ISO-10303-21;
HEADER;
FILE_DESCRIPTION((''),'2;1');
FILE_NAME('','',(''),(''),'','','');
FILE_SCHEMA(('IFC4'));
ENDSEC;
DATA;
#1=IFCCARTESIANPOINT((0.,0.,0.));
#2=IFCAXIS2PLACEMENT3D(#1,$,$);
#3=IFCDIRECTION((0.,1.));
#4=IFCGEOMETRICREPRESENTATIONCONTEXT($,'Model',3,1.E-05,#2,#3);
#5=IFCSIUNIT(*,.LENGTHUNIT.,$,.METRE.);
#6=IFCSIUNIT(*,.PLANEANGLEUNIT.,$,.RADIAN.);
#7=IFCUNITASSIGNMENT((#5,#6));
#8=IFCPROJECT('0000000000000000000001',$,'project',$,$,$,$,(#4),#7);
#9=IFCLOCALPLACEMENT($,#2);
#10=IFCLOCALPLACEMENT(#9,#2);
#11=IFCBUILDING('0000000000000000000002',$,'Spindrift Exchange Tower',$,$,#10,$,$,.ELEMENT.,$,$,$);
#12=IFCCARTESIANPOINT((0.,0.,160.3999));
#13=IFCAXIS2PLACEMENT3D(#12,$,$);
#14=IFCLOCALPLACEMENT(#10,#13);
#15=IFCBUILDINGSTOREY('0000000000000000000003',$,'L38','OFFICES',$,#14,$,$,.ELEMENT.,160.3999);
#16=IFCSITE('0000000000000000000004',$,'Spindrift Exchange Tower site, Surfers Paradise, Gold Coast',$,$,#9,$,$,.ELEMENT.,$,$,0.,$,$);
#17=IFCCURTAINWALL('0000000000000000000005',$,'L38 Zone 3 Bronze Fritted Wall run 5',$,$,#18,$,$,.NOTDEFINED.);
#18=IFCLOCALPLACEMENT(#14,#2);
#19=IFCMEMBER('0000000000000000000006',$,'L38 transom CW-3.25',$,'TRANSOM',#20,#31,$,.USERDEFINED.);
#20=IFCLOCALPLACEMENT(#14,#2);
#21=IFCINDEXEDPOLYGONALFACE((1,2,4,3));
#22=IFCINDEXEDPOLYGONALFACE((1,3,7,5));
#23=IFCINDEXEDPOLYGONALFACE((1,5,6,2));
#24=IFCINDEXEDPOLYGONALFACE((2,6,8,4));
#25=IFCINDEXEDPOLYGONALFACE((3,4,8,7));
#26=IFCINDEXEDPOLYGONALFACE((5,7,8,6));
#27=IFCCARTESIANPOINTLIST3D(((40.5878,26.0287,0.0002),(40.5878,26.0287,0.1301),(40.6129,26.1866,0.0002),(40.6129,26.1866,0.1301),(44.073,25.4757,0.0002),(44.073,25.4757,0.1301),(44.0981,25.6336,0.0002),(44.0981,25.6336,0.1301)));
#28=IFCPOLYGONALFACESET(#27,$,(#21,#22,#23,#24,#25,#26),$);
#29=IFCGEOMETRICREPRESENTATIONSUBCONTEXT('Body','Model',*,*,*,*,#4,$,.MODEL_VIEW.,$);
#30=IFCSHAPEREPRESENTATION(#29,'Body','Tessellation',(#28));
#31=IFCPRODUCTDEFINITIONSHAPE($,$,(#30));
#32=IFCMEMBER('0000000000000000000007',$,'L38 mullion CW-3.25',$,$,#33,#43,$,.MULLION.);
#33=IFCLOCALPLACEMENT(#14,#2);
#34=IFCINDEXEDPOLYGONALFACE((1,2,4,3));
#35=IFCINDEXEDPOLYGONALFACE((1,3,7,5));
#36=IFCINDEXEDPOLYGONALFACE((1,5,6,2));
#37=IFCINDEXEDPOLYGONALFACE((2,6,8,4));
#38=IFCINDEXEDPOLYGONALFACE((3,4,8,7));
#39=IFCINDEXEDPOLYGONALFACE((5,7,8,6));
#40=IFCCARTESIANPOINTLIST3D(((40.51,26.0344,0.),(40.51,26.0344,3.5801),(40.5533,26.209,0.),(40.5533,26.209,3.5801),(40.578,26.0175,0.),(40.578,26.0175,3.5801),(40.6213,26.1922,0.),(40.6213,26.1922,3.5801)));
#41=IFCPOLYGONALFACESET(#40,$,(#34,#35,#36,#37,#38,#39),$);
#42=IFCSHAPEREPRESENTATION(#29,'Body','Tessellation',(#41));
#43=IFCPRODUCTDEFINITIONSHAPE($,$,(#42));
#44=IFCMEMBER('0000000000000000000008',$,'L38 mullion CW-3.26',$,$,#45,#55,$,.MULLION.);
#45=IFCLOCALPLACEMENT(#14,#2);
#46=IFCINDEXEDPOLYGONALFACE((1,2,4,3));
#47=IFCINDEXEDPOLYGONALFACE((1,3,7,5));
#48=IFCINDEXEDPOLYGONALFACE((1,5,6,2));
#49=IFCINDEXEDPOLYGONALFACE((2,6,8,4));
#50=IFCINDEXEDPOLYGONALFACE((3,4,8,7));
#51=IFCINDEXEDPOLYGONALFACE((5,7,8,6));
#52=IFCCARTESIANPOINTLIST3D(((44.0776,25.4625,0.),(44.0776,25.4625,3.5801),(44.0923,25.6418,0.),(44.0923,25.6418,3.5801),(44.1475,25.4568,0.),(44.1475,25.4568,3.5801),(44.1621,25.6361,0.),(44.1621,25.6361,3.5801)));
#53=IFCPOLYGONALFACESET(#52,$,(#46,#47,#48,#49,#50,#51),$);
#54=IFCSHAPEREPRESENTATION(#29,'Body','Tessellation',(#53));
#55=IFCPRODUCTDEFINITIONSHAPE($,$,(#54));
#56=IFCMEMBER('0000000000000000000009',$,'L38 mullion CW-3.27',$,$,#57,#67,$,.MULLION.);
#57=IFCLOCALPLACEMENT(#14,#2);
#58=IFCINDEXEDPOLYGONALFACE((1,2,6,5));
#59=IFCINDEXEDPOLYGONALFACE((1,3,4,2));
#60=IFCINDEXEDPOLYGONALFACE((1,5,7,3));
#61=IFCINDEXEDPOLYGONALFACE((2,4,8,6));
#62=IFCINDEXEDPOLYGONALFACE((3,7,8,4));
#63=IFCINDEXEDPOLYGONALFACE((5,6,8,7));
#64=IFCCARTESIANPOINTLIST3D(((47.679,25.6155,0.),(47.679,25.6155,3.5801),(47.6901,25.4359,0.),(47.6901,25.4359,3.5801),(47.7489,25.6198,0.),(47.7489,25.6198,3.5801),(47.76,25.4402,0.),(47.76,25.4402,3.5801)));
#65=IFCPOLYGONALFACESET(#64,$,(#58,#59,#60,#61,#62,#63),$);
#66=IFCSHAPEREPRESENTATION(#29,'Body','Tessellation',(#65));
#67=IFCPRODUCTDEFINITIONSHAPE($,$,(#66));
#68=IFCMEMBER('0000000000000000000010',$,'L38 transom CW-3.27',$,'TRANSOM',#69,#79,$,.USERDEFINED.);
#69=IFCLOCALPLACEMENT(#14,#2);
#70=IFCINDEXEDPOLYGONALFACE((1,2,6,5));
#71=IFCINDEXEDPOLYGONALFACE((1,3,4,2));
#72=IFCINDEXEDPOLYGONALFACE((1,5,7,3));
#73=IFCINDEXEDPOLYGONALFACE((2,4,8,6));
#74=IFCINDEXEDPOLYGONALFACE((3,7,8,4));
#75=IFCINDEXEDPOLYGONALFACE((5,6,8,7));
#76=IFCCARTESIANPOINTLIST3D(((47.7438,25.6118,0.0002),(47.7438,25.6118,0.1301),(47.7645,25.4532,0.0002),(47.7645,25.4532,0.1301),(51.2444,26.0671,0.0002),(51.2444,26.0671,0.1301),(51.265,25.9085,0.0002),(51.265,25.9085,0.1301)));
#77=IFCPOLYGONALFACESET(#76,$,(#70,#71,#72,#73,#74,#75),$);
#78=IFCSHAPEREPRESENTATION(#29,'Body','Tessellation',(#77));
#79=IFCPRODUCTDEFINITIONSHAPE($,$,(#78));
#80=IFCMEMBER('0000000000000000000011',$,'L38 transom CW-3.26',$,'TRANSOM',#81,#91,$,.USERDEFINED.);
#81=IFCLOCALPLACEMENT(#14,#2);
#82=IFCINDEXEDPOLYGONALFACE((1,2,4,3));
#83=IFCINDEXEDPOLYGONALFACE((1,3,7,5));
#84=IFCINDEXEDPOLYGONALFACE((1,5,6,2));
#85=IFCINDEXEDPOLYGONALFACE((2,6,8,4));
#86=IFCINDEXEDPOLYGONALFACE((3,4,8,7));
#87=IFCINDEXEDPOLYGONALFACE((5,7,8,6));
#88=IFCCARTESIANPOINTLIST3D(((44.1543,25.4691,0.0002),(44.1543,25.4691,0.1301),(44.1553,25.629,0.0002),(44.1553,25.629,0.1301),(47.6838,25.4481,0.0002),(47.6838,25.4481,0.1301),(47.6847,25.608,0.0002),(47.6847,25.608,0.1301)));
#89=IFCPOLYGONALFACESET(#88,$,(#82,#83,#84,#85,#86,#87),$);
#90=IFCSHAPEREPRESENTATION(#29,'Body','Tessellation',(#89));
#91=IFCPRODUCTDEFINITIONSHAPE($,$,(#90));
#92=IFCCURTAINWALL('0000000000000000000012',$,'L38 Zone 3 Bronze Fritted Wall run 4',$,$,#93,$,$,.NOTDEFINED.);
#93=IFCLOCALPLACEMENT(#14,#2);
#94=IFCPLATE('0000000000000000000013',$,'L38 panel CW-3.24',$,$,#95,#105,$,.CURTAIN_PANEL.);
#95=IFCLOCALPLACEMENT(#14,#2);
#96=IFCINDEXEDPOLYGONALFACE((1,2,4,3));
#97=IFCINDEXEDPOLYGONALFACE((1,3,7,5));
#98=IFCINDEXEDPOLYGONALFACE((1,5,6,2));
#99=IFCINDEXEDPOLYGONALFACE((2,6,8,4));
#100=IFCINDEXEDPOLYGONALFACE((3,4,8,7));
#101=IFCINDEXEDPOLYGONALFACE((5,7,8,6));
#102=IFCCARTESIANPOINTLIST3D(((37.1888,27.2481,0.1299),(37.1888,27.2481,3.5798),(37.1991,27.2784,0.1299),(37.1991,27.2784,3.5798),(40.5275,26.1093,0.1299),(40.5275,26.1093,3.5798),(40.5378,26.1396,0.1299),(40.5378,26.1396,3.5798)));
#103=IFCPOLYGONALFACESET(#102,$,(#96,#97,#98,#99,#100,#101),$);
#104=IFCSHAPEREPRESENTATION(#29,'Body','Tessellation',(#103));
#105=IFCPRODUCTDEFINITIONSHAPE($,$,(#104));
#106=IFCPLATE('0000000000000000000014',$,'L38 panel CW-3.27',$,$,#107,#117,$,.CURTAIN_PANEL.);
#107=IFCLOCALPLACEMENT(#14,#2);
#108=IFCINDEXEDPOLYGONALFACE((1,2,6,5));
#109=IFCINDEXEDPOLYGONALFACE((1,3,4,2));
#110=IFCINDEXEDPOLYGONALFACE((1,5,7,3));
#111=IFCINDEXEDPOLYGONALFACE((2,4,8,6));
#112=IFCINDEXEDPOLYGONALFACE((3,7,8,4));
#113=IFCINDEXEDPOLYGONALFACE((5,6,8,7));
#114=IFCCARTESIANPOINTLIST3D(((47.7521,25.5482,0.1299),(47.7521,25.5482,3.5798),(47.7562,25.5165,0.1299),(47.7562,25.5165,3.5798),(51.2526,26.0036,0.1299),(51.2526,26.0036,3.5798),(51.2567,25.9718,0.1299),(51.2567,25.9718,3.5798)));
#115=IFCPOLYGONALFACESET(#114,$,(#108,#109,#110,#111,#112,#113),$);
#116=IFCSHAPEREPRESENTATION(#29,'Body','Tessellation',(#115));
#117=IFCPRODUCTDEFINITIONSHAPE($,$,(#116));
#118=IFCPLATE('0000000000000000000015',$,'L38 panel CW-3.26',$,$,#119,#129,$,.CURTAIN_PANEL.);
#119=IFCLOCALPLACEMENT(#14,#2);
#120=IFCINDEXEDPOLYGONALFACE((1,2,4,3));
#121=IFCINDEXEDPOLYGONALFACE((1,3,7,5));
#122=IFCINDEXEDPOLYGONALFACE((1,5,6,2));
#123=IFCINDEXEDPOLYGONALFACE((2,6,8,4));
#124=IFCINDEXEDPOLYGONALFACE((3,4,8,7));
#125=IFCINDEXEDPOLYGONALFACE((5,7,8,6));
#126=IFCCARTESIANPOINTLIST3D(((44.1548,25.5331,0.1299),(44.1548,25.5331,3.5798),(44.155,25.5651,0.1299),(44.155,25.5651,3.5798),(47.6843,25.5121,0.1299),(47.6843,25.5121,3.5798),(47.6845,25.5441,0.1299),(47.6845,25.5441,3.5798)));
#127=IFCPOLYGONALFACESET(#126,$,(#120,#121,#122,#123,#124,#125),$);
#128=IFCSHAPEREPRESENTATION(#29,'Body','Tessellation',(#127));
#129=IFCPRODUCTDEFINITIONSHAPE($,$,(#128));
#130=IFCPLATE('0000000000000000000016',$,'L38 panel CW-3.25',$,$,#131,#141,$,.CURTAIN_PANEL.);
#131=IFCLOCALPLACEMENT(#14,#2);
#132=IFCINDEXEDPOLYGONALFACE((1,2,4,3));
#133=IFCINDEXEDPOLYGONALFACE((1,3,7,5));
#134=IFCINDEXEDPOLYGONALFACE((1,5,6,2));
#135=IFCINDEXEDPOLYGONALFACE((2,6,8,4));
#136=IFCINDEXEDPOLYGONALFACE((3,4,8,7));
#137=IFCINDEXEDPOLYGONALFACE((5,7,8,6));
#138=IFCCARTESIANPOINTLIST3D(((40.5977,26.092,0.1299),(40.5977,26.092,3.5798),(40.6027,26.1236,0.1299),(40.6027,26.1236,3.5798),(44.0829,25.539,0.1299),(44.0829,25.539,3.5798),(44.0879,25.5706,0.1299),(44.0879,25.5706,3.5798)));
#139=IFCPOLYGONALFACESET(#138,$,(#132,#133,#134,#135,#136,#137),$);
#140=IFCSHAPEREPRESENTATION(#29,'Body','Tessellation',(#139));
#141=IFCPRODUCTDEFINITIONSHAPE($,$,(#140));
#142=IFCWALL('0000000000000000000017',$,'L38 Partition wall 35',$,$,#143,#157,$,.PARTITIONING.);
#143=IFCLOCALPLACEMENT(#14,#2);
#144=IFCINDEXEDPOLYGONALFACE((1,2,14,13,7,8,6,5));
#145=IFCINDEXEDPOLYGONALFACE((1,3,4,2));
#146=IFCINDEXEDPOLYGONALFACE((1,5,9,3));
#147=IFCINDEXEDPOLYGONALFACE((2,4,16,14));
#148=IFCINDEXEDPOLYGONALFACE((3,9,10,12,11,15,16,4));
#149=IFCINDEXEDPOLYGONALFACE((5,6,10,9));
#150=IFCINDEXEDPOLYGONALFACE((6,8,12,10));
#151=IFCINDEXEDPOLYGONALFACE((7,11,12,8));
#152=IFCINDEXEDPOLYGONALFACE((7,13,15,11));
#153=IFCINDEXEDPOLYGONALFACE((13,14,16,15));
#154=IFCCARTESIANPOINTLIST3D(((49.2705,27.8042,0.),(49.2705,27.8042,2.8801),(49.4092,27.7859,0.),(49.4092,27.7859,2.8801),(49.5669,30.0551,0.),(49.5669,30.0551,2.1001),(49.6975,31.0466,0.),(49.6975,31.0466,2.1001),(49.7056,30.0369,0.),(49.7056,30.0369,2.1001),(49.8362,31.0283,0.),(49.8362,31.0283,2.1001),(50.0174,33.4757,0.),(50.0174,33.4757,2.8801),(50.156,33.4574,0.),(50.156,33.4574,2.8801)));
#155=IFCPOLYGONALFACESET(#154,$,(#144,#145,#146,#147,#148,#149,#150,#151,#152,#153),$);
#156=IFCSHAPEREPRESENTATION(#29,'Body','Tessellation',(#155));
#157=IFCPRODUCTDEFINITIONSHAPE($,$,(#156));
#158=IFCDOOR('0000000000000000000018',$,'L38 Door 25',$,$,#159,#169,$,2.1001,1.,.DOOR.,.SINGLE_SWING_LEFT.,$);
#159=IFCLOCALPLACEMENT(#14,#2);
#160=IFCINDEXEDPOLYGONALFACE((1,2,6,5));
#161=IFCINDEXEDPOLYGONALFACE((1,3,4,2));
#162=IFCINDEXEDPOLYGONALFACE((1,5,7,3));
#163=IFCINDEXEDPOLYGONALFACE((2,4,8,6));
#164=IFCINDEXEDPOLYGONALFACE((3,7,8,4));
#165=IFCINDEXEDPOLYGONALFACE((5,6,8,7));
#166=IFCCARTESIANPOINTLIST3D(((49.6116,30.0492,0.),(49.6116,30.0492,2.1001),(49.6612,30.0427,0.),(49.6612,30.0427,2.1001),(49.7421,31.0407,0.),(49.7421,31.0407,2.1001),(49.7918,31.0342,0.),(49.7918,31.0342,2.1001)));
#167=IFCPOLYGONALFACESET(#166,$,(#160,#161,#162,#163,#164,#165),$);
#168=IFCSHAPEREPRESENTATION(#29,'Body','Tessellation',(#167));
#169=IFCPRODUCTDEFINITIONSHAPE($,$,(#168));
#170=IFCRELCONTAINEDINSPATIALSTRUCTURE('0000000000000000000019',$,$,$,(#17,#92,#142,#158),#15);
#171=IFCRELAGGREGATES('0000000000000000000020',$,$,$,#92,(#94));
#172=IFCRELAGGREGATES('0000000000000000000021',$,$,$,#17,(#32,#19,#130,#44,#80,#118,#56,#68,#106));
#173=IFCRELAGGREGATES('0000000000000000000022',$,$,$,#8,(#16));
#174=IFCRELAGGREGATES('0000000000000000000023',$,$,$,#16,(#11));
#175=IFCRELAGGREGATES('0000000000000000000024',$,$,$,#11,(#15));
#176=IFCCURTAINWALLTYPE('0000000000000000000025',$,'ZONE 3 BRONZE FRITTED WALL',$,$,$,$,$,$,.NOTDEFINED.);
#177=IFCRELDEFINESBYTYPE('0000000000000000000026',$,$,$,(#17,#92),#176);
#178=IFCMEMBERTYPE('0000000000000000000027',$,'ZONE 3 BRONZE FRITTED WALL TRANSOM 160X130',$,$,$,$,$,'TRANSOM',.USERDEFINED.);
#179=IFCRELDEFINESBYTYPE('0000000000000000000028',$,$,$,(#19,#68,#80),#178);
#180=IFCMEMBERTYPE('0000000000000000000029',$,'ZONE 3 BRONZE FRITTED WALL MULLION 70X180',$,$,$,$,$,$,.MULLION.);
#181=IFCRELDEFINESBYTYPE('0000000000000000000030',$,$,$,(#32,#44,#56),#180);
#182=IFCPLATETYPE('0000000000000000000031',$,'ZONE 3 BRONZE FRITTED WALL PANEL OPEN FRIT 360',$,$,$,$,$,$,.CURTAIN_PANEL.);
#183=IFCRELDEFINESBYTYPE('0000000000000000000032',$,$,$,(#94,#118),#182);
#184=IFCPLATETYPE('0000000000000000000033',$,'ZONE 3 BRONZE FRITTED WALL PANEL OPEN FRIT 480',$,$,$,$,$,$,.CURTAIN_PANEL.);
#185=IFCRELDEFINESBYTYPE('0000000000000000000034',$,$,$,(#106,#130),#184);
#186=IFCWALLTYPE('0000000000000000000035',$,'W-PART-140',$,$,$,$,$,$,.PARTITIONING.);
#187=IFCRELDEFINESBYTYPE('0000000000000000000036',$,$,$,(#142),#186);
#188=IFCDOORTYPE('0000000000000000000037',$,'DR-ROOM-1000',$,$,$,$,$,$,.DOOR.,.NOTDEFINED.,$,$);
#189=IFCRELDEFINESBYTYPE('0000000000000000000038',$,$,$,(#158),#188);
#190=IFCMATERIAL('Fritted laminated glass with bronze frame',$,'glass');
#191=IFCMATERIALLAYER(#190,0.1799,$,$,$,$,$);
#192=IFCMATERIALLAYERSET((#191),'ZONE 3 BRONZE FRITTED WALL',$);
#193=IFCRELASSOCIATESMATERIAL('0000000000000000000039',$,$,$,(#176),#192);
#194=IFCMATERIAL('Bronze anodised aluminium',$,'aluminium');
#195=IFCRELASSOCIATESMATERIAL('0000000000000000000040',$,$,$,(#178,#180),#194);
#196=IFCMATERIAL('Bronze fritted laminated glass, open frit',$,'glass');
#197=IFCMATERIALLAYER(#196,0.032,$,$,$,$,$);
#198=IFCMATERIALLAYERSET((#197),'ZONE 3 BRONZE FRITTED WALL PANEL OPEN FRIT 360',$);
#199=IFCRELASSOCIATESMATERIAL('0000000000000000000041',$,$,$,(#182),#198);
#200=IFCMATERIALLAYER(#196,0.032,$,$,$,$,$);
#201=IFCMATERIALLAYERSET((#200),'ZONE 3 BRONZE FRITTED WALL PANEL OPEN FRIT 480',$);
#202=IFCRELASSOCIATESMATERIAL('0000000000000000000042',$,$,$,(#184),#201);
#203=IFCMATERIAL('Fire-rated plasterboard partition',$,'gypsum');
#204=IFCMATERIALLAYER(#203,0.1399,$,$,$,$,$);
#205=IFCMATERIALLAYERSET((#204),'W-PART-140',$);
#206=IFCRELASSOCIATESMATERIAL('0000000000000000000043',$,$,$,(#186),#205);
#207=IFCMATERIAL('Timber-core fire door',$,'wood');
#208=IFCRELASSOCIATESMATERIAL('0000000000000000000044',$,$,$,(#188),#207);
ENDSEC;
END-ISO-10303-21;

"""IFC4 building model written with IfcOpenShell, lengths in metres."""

from ifc_helpers import new_model, si_unit, direction, frame, frame_2d, origin, origin_2d, place, context, subcontext, project, spatial, rectangle, extrude, source, transform, mapped, material, layer, layer_set, material_profile, profile_set, type_object, element, fill, aggregate, save


model = new_model("IFC4")

# Units and contexts
model_context = context("Model", 3, precision=1e-05, world=origin(), true_north=direction((0.0, 1.0)))
body_context = subcontext(model_context, "Body", "Model", "MODEL_VIEW")
ifc_project = project(units=[si_unit("LENGTHUNIT", "METRE"), si_unit("PLANEANGLEUNIT", "RADIAN")], contexts=[model_context])

# Site, building, storey
site_placement = place(None, origin())
site = spatial("IfcSite", under=ifc_project, at=site_placement, Name="Spindrift Exchange Tower site, Surfers Paradise, Gold Coast", CompositionType="ELEMENT", RefElevation=0.0)
building_placement = place(site_placement, origin())
building = spatial("IfcBuilding", under=site, at=building_placement, Name="Spindrift Exchange Tower", CompositionType="ELEMENT")
storey_placement = place(building_placement, frame((0.0, 0.0, 160.3999)))
storey = spatial("IfcBuildingStorey", under=building, at=storey_placement, Name="L38", Description="OFFICES", CompositionType="ELEMENT", Elevation=160.3999)

# Curtain wall, members
ifc_material_1 = material(Name="Fritted laminated glass with bronze frame", Category="glass")
ifc_layer_1 = layer(ifc_material_1, 0.1799)
ifc_layer_set_1 = layer_set([ifc_layer_1], Name="ZONE 3 BRONZE FRITTED WALL")
curtain_wall_type = type_object("IfcCurtainWallType", Name="ZONE 3 BRONZE FRITTED WALL", PredefinedType="NOTDEFINED", material=ifc_layer_set_1)
curtain_wall_1_placement = place(storey_placement, origin())
curtain_wall_1 = element("IfcCurtainWall", 1, at=curtain_wall_1_placement, inside=storey, type_object=curtain_wall_type, Name="L38 Zone 3 Bronze Fritted Wall run 5", PredefinedType="NOTDEFINED")
ifc_material_2 = material(Name="Bronze anodised aluminium", Category="aluminium")
ifc_material_profile_1 = material_profile(ifc_material_2, rectangle(XDim=0.1599, YDim=0.1299, at=origin_2d()), Name="ZONE 3 BRONZE FRITTED WALL TRANSOM 160X130")
ifc_profile_set_1 = profile_set([ifc_material_profile_1], Name="Bronze anodised aluminium")
member_type_1 = type_object("IfcMemberType", Name="ZONE 3 BRONZE FRITTED WALL TRANSOM 160X130", ElementType="TRANSOM", PredefinedType="USERDEFINED", material=ifc_profile_set_1)
shared_shape_1 = source(origin(), body_context, "Body", "SweptSolid", [
    extrude(rectangle(XDim=0.1599, YDim=0.1299, at=origin_2d()), origin(), (0.0, 0.0, 1.0), 3.5288),
])
member_1_placement = place(storey_placement, frame((40.6003, 26.1077, 0.0652), z_axis=(0.987645, -0.156709, 0.0), x_axis=(0.156709, 0.987645, 0.0)))
member_1 = element("IfcMember", 2, at=member_1_placement, type_object=member_type_1, Name="L38 transom CW-3.25", ObjectType="TRANSOM", PredefinedType="USERDEFINED", context=body_context, shape_type="MappedRepresentation", body=[
    mapped(shared_shape_1, transform((0.0, 0.0, 0.0), scale=1.0)),
])
ifc_material_profile_2 = material_profile(ifc_material_2, rectangle(XDim=0.0701, YDim=0.1799, at=origin_2d()), Name="ZONE 3 BRONZE FRITTED WALL MULLION 70X180")
ifc_profile_set_2 = profile_set([ifc_material_profile_2], Name="Bronze anodised aluminium")
member_type_2 = type_object("IfcMemberType", Name="ZONE 3 BRONZE FRITTED WALL MULLION 70X180", PredefinedType="MULLION", material=ifc_profile_set_2)
shared_shape_2 = source(origin(), body_context, "Body", "SweptSolid", [
    extrude(rectangle(XDim=0.0701, YDim=0.1799, at=origin_2d()), origin(), (0.0, 0.0, 1.0), 3.5801),
])
member_2_placement = place(storey_placement, frame((40.5657, 26.1133, 0.0), z_axis=(0.0, 0.0, 1.0), x_axis=(0.970614, -0.240644, 0.0)))
member_2 = element("IfcMember", 3, at=member_2_placement, type_object=member_type_2, Name="L38 mullion CW-3.25", PredefinedType="MULLION", context=body_context, shape_type="MappedRepresentation", body=[
    mapped(shared_shape_2, transform((0.0, 0.0, 0.0), scale=1.0)),
])
member_3_placement = place(storey_placement, frame((44.1199, 25.5493, 0.0), z_axis=(0.0, 0.0, 1.0), x_axis=(0.996669, -0.081555, 0.0)))
member_3 = element("IfcMember", 4, at=member_3_placement, type_object=member_type_2, Name="L38 mullion CW-3.26", PredefinedType="MULLION", context=body_context, shape_type="MappedRepresentation", body=[
    mapped(shared_shape_2, transform((0.0, 0.0, 0.0), scale=1.0)),
])
member_4_placement = place(storey_placement, frame((47.7195, 25.5278, 0.0), z_axis=(0.0, 0.0, 1.0), x_axis=(0.998097, 0.061669, 0.0)))
member_4 = element("IfcMember", 5, at=member_4_placement, type_object=member_type_2, Name="L38 mullion CW-3.27", PredefinedType="MULLION", context=body_context, shape_type="MappedRepresentation", body=[
    mapped(shared_shape_2, transform((0.0, 0.0, 0.0), scale=1.0)),
])
shared_shape_3 = source(origin(), body_context, "Body", "SweptSolid", [
    extrude(rectangle(XDim=0.1599, YDim=0.1299, at=origin_2d()), origin(), (0.0, 0.0, 1.0), 3.53),
])
member_5_placement = place(storey_placement, frame((47.7542, 25.5325, 0.0652), z_axis=(0.991646, 0.128987, 0.0), x_axis=(-0.128987, 0.991646, 0.0)))
member_5 = element("IfcMember", 6, at=member_5_placement, type_object=member_type_1, Name="L38 transom CW-3.27", ObjectType="TRANSOM", PredefinedType="USERDEFINED", context=body_context, shape_type="MappedRepresentation", body=[
    mapped(shared_shape_3, transform((0.0, 0.0, 0.0), scale=1.0)),
])
shared_shape_4 = source(origin(), body_context, "Body", "SweptSolid", [
    extrude(rectangle(XDim=0.1599, YDim=0.1299, at=origin_2d()), origin(), (0.0, 0.0, 1.0), 3.5295),
])
member_6_placement = place(storey_placement, frame((44.1548, 25.5491, 0.0652), z_axis=(0.999982, -0.005949, 0.0), x_axis=(0.005949, 0.999982, 0.0)))
member_6 = element("IfcMember", 7, at=member_6_placement, type_object=member_type_1, Name="L38 transom CW-3.26", ObjectType="TRANSOM", PredefinedType="USERDEFINED", context=body_context, shape_type="MappedRepresentation", body=[
    mapped(shared_shape_4, transform((0.0, 0.0, 0.0), scale=1.0)),
])

# Curtain wall, plate
curtain_wall_2_placement = place(storey_placement, origin())
curtain_wall_2 = element("IfcCurtainWall", 8, at=curtain_wall_2_placement, inside=storey, type_object=curtain_wall_type, Name="L38 Zone 3 Bronze Fritted Wall run 4", PredefinedType="NOTDEFINED")
ifc_material_3 = material(Name="Bronze fritted laminated glass, open frit", Category="glass")
ifc_layer_2 = layer(ifc_material_3, 0.032)
ifc_layer_set_2 = layer_set([ifc_layer_2], Name="ZONE 3 BRONZE FRITTED WALL PANEL OPEN FRIT 360")
plate_type_1 = type_object("IfcPlateType", Name="ZONE 3 BRONZE FRITTED WALL PANEL OPEN FRIT 360", PredefinedType="CURTAIN_PANEL", material=ifc_layer_set_2)
shared_shape_5 = source(origin(), body_context, "Body", "SweptSolid", [
    extrude(rectangle(XDim=3.5276, YDim=0.032, at=origin_2d()), origin(), (0.0, 0.0, 1.0), 3.45),
])
plate_1_placement = place(storey_placement, frame((38.8633, 26.6938, 0.1299), z_axis=(0.0, 0.0, 1.0), x_axis=(0.946459, -0.322824, 0.0)))
plate_1 = element("IfcPlate", 9, at=plate_1_placement, type_object=plate_type_1, Name="L38 panel CW-3.24", PredefinedType="CURTAIN_PANEL", context=body_context, shape_type="MappedRepresentation", body=[
    mapped(shared_shape_5, transform((0.0, 0.0, 0.0), scale=1.0)),
])
aggregate(curtain_wall_2, [plate_1])

# Plates
ifc_layer_3 = layer(ifc_material_3, 0.032)
ifc_layer_set_3 = layer_set([ifc_layer_3], Name="ZONE 3 BRONZE FRITTED WALL PANEL OPEN FRIT 480")
plate_type_2 = type_object("IfcPlateType", Name="ZONE 3 BRONZE FRITTED WALL PANEL OPEN FRIT 480", PredefinedType="CURTAIN_PANEL", material=ifc_layer_set_3)
shared_shape_6 = source(origin(), body_context, "Body", "SweptSolid", [
    extrude(rectangle(XDim=3.53, YDim=0.032, at=origin_2d()), origin(), (0.0, 0.0, 1.0), 3.45),
])
plate_2_placement = place(storey_placement, frame((49.5044, 25.76, 0.1299), z_axis=(0.0, 0.0, 1.0), x_axis=(0.991644, 0.129002, 0.0)))
plate_2 = element("IfcPlate", 10, at=plate_2_placement, type_object=plate_type_2, Name="L38 panel CW-3.27", PredefinedType="CURTAIN_PANEL", context=body_context, shape_type="MappedRepresentation", body=[
    mapped(shared_shape_6, transform((0.0, 0.0, 0.0), scale=1.0)),
])
shared_shape_7 = source(origin(), body_context, "Body", "SweptSolid", [
    extrude(rectangle(XDim=3.5295, YDim=0.032, at=origin_2d()), origin(), (0.0, 0.0, 1.0), 3.45),
])
plate_3_placement = place(storey_placement, frame((45.9197, 25.5386, 0.1299), z_axis=(0.0, 0.0, 1.0), x_axis=(0.999982, -0.005945, 0.0)))
plate_3 = element("IfcPlate", 11, at=plate_3_placement, type_object=plate_type_1, Name="L38 panel CW-3.26", PredefinedType="CURTAIN_PANEL", context=body_context, shape_type="MappedRepresentation", body=[
    mapped(shared_shape_7, transform((0.0, 0.0, 0.0), scale=1.0)),
])
shared_shape_8 = source(origin(), body_context, "Body", "SweptSolid", [
    extrude(rectangle(XDim=3.5288, YDim=0.032, at=origin_2d()), origin(), (0.0, 0.0, 1.0), 3.45),
])
plate_4_placement = place(storey_placement, frame((42.3428, 25.8313, 0.1299), z_axis=(0.0, 0.0, 1.0), x_axis=(0.987647, -0.156698, 0.0)))
plate_4 = element("IfcPlate", 12, at=plate_4_placement, type_object=plate_type_2, Name="L38 panel CW-3.25", PredefinedType="CURTAIN_PANEL", context=body_context, shape_type="MappedRepresentation", body=[
    mapped(shared_shape_8, transform((0.0, 0.0, 0.0), scale=1.0)),
])
aggregate(curtain_wall_1, [member_2, member_1, plate_4, member_3, member_6, plate_3, member_4, member_5, plate_2])

# Wall, opening, door
ifc_material_4 = material(Name="Fire-rated plasterboard partition", Category="gypsum")
ifc_layer_4 = layer(ifc_material_4, 0.1399)
ifc_layer_set_4 = layer_set([ifc_layer_4], Name="W-PART-140")
wall_type = type_object("IfcWallType", Name="W-PART-140", PredefinedType="PARTITIONING", material=ifc_layer_set_4)
wall_1_placement = place(storey_placement, frame((49.3398, 27.7949, 0.0), z_axis=(0.0, 0.0, 1.0), x_axis=(0.130556, 0.991441, 0.0)))
wall_1 = element("IfcWall", 13, at=wall_1_placement, inside=storey, type_object=wall_type, Name="L38 Partition wall 35", PredefinedType="PARTITIONING", context=body_context, shape_type="SweptSolid", body=[
    extrude(rectangle(XDim=5.7205, YDim=0.1399, at=frame_2d((2.8604, 0.0))), origin(), (0.0, 0.0, 1.0), 2.8801),
])
opening_placement = place(wall_1_placement, frame((2.2705, 0.0, 0.0)))
opening = element("IfcOpeningElement", 14, at=opening_placement, cuts=wall_1, PredefinedType="OPENING", context=body_context, shape_type="SweptSolid", body=[
    extrude(rectangle(XDim=1.0, YDim=2.1001, at=frame_2d((0.5, 1.05))), frame((0.0, 0.0798, 0.0), z_axis=(0.0, -1.0, 0.0), x_axis=(1.0, 0.0, 0.0)), (0.0, 0.0, 1.0), 0.1599),
])
ifc_material_5 = material(Name="Timber-core fire door", Category="wood")
door_type = type_object("IfcDoorType", Name="DR-ROOM-1000", OperationType="NOTDEFINED", PredefinedType="DOOR", material=ifc_material_5)
shared_shape_9 = source(origin(), body_context, "Body", "SweptSolid", [
    extrude(rectangle(XDim=1.0, YDim=2.1001, at=frame_2d((0.5, 1.05))), frame((0.0, 0.0249, 0.0), z_axis=(0.0, -1.0, 0.0), x_axis=(1.0, 0.0, 0.0)), (0.0, 0.0, 1.0), 0.05),
])
door_placement = place(opening_placement, origin())
door = element("IfcDoor", 15, at=door_placement, inside=storey, type_object=door_type, Name="L38 Door 25", OperationType="SINGLE_SWING_LEFT", OverallHeight=2.1001, OverallWidth=1.0, PredefinedType="DOOR", context=body_context, shape_type="MappedRepresentation", body=[
    mapped(shared_shape_9, transform((0.0, 0.0, 0.0), scale=1.0)),
])
fill(opening, door)

save(model, "model.ifc")
